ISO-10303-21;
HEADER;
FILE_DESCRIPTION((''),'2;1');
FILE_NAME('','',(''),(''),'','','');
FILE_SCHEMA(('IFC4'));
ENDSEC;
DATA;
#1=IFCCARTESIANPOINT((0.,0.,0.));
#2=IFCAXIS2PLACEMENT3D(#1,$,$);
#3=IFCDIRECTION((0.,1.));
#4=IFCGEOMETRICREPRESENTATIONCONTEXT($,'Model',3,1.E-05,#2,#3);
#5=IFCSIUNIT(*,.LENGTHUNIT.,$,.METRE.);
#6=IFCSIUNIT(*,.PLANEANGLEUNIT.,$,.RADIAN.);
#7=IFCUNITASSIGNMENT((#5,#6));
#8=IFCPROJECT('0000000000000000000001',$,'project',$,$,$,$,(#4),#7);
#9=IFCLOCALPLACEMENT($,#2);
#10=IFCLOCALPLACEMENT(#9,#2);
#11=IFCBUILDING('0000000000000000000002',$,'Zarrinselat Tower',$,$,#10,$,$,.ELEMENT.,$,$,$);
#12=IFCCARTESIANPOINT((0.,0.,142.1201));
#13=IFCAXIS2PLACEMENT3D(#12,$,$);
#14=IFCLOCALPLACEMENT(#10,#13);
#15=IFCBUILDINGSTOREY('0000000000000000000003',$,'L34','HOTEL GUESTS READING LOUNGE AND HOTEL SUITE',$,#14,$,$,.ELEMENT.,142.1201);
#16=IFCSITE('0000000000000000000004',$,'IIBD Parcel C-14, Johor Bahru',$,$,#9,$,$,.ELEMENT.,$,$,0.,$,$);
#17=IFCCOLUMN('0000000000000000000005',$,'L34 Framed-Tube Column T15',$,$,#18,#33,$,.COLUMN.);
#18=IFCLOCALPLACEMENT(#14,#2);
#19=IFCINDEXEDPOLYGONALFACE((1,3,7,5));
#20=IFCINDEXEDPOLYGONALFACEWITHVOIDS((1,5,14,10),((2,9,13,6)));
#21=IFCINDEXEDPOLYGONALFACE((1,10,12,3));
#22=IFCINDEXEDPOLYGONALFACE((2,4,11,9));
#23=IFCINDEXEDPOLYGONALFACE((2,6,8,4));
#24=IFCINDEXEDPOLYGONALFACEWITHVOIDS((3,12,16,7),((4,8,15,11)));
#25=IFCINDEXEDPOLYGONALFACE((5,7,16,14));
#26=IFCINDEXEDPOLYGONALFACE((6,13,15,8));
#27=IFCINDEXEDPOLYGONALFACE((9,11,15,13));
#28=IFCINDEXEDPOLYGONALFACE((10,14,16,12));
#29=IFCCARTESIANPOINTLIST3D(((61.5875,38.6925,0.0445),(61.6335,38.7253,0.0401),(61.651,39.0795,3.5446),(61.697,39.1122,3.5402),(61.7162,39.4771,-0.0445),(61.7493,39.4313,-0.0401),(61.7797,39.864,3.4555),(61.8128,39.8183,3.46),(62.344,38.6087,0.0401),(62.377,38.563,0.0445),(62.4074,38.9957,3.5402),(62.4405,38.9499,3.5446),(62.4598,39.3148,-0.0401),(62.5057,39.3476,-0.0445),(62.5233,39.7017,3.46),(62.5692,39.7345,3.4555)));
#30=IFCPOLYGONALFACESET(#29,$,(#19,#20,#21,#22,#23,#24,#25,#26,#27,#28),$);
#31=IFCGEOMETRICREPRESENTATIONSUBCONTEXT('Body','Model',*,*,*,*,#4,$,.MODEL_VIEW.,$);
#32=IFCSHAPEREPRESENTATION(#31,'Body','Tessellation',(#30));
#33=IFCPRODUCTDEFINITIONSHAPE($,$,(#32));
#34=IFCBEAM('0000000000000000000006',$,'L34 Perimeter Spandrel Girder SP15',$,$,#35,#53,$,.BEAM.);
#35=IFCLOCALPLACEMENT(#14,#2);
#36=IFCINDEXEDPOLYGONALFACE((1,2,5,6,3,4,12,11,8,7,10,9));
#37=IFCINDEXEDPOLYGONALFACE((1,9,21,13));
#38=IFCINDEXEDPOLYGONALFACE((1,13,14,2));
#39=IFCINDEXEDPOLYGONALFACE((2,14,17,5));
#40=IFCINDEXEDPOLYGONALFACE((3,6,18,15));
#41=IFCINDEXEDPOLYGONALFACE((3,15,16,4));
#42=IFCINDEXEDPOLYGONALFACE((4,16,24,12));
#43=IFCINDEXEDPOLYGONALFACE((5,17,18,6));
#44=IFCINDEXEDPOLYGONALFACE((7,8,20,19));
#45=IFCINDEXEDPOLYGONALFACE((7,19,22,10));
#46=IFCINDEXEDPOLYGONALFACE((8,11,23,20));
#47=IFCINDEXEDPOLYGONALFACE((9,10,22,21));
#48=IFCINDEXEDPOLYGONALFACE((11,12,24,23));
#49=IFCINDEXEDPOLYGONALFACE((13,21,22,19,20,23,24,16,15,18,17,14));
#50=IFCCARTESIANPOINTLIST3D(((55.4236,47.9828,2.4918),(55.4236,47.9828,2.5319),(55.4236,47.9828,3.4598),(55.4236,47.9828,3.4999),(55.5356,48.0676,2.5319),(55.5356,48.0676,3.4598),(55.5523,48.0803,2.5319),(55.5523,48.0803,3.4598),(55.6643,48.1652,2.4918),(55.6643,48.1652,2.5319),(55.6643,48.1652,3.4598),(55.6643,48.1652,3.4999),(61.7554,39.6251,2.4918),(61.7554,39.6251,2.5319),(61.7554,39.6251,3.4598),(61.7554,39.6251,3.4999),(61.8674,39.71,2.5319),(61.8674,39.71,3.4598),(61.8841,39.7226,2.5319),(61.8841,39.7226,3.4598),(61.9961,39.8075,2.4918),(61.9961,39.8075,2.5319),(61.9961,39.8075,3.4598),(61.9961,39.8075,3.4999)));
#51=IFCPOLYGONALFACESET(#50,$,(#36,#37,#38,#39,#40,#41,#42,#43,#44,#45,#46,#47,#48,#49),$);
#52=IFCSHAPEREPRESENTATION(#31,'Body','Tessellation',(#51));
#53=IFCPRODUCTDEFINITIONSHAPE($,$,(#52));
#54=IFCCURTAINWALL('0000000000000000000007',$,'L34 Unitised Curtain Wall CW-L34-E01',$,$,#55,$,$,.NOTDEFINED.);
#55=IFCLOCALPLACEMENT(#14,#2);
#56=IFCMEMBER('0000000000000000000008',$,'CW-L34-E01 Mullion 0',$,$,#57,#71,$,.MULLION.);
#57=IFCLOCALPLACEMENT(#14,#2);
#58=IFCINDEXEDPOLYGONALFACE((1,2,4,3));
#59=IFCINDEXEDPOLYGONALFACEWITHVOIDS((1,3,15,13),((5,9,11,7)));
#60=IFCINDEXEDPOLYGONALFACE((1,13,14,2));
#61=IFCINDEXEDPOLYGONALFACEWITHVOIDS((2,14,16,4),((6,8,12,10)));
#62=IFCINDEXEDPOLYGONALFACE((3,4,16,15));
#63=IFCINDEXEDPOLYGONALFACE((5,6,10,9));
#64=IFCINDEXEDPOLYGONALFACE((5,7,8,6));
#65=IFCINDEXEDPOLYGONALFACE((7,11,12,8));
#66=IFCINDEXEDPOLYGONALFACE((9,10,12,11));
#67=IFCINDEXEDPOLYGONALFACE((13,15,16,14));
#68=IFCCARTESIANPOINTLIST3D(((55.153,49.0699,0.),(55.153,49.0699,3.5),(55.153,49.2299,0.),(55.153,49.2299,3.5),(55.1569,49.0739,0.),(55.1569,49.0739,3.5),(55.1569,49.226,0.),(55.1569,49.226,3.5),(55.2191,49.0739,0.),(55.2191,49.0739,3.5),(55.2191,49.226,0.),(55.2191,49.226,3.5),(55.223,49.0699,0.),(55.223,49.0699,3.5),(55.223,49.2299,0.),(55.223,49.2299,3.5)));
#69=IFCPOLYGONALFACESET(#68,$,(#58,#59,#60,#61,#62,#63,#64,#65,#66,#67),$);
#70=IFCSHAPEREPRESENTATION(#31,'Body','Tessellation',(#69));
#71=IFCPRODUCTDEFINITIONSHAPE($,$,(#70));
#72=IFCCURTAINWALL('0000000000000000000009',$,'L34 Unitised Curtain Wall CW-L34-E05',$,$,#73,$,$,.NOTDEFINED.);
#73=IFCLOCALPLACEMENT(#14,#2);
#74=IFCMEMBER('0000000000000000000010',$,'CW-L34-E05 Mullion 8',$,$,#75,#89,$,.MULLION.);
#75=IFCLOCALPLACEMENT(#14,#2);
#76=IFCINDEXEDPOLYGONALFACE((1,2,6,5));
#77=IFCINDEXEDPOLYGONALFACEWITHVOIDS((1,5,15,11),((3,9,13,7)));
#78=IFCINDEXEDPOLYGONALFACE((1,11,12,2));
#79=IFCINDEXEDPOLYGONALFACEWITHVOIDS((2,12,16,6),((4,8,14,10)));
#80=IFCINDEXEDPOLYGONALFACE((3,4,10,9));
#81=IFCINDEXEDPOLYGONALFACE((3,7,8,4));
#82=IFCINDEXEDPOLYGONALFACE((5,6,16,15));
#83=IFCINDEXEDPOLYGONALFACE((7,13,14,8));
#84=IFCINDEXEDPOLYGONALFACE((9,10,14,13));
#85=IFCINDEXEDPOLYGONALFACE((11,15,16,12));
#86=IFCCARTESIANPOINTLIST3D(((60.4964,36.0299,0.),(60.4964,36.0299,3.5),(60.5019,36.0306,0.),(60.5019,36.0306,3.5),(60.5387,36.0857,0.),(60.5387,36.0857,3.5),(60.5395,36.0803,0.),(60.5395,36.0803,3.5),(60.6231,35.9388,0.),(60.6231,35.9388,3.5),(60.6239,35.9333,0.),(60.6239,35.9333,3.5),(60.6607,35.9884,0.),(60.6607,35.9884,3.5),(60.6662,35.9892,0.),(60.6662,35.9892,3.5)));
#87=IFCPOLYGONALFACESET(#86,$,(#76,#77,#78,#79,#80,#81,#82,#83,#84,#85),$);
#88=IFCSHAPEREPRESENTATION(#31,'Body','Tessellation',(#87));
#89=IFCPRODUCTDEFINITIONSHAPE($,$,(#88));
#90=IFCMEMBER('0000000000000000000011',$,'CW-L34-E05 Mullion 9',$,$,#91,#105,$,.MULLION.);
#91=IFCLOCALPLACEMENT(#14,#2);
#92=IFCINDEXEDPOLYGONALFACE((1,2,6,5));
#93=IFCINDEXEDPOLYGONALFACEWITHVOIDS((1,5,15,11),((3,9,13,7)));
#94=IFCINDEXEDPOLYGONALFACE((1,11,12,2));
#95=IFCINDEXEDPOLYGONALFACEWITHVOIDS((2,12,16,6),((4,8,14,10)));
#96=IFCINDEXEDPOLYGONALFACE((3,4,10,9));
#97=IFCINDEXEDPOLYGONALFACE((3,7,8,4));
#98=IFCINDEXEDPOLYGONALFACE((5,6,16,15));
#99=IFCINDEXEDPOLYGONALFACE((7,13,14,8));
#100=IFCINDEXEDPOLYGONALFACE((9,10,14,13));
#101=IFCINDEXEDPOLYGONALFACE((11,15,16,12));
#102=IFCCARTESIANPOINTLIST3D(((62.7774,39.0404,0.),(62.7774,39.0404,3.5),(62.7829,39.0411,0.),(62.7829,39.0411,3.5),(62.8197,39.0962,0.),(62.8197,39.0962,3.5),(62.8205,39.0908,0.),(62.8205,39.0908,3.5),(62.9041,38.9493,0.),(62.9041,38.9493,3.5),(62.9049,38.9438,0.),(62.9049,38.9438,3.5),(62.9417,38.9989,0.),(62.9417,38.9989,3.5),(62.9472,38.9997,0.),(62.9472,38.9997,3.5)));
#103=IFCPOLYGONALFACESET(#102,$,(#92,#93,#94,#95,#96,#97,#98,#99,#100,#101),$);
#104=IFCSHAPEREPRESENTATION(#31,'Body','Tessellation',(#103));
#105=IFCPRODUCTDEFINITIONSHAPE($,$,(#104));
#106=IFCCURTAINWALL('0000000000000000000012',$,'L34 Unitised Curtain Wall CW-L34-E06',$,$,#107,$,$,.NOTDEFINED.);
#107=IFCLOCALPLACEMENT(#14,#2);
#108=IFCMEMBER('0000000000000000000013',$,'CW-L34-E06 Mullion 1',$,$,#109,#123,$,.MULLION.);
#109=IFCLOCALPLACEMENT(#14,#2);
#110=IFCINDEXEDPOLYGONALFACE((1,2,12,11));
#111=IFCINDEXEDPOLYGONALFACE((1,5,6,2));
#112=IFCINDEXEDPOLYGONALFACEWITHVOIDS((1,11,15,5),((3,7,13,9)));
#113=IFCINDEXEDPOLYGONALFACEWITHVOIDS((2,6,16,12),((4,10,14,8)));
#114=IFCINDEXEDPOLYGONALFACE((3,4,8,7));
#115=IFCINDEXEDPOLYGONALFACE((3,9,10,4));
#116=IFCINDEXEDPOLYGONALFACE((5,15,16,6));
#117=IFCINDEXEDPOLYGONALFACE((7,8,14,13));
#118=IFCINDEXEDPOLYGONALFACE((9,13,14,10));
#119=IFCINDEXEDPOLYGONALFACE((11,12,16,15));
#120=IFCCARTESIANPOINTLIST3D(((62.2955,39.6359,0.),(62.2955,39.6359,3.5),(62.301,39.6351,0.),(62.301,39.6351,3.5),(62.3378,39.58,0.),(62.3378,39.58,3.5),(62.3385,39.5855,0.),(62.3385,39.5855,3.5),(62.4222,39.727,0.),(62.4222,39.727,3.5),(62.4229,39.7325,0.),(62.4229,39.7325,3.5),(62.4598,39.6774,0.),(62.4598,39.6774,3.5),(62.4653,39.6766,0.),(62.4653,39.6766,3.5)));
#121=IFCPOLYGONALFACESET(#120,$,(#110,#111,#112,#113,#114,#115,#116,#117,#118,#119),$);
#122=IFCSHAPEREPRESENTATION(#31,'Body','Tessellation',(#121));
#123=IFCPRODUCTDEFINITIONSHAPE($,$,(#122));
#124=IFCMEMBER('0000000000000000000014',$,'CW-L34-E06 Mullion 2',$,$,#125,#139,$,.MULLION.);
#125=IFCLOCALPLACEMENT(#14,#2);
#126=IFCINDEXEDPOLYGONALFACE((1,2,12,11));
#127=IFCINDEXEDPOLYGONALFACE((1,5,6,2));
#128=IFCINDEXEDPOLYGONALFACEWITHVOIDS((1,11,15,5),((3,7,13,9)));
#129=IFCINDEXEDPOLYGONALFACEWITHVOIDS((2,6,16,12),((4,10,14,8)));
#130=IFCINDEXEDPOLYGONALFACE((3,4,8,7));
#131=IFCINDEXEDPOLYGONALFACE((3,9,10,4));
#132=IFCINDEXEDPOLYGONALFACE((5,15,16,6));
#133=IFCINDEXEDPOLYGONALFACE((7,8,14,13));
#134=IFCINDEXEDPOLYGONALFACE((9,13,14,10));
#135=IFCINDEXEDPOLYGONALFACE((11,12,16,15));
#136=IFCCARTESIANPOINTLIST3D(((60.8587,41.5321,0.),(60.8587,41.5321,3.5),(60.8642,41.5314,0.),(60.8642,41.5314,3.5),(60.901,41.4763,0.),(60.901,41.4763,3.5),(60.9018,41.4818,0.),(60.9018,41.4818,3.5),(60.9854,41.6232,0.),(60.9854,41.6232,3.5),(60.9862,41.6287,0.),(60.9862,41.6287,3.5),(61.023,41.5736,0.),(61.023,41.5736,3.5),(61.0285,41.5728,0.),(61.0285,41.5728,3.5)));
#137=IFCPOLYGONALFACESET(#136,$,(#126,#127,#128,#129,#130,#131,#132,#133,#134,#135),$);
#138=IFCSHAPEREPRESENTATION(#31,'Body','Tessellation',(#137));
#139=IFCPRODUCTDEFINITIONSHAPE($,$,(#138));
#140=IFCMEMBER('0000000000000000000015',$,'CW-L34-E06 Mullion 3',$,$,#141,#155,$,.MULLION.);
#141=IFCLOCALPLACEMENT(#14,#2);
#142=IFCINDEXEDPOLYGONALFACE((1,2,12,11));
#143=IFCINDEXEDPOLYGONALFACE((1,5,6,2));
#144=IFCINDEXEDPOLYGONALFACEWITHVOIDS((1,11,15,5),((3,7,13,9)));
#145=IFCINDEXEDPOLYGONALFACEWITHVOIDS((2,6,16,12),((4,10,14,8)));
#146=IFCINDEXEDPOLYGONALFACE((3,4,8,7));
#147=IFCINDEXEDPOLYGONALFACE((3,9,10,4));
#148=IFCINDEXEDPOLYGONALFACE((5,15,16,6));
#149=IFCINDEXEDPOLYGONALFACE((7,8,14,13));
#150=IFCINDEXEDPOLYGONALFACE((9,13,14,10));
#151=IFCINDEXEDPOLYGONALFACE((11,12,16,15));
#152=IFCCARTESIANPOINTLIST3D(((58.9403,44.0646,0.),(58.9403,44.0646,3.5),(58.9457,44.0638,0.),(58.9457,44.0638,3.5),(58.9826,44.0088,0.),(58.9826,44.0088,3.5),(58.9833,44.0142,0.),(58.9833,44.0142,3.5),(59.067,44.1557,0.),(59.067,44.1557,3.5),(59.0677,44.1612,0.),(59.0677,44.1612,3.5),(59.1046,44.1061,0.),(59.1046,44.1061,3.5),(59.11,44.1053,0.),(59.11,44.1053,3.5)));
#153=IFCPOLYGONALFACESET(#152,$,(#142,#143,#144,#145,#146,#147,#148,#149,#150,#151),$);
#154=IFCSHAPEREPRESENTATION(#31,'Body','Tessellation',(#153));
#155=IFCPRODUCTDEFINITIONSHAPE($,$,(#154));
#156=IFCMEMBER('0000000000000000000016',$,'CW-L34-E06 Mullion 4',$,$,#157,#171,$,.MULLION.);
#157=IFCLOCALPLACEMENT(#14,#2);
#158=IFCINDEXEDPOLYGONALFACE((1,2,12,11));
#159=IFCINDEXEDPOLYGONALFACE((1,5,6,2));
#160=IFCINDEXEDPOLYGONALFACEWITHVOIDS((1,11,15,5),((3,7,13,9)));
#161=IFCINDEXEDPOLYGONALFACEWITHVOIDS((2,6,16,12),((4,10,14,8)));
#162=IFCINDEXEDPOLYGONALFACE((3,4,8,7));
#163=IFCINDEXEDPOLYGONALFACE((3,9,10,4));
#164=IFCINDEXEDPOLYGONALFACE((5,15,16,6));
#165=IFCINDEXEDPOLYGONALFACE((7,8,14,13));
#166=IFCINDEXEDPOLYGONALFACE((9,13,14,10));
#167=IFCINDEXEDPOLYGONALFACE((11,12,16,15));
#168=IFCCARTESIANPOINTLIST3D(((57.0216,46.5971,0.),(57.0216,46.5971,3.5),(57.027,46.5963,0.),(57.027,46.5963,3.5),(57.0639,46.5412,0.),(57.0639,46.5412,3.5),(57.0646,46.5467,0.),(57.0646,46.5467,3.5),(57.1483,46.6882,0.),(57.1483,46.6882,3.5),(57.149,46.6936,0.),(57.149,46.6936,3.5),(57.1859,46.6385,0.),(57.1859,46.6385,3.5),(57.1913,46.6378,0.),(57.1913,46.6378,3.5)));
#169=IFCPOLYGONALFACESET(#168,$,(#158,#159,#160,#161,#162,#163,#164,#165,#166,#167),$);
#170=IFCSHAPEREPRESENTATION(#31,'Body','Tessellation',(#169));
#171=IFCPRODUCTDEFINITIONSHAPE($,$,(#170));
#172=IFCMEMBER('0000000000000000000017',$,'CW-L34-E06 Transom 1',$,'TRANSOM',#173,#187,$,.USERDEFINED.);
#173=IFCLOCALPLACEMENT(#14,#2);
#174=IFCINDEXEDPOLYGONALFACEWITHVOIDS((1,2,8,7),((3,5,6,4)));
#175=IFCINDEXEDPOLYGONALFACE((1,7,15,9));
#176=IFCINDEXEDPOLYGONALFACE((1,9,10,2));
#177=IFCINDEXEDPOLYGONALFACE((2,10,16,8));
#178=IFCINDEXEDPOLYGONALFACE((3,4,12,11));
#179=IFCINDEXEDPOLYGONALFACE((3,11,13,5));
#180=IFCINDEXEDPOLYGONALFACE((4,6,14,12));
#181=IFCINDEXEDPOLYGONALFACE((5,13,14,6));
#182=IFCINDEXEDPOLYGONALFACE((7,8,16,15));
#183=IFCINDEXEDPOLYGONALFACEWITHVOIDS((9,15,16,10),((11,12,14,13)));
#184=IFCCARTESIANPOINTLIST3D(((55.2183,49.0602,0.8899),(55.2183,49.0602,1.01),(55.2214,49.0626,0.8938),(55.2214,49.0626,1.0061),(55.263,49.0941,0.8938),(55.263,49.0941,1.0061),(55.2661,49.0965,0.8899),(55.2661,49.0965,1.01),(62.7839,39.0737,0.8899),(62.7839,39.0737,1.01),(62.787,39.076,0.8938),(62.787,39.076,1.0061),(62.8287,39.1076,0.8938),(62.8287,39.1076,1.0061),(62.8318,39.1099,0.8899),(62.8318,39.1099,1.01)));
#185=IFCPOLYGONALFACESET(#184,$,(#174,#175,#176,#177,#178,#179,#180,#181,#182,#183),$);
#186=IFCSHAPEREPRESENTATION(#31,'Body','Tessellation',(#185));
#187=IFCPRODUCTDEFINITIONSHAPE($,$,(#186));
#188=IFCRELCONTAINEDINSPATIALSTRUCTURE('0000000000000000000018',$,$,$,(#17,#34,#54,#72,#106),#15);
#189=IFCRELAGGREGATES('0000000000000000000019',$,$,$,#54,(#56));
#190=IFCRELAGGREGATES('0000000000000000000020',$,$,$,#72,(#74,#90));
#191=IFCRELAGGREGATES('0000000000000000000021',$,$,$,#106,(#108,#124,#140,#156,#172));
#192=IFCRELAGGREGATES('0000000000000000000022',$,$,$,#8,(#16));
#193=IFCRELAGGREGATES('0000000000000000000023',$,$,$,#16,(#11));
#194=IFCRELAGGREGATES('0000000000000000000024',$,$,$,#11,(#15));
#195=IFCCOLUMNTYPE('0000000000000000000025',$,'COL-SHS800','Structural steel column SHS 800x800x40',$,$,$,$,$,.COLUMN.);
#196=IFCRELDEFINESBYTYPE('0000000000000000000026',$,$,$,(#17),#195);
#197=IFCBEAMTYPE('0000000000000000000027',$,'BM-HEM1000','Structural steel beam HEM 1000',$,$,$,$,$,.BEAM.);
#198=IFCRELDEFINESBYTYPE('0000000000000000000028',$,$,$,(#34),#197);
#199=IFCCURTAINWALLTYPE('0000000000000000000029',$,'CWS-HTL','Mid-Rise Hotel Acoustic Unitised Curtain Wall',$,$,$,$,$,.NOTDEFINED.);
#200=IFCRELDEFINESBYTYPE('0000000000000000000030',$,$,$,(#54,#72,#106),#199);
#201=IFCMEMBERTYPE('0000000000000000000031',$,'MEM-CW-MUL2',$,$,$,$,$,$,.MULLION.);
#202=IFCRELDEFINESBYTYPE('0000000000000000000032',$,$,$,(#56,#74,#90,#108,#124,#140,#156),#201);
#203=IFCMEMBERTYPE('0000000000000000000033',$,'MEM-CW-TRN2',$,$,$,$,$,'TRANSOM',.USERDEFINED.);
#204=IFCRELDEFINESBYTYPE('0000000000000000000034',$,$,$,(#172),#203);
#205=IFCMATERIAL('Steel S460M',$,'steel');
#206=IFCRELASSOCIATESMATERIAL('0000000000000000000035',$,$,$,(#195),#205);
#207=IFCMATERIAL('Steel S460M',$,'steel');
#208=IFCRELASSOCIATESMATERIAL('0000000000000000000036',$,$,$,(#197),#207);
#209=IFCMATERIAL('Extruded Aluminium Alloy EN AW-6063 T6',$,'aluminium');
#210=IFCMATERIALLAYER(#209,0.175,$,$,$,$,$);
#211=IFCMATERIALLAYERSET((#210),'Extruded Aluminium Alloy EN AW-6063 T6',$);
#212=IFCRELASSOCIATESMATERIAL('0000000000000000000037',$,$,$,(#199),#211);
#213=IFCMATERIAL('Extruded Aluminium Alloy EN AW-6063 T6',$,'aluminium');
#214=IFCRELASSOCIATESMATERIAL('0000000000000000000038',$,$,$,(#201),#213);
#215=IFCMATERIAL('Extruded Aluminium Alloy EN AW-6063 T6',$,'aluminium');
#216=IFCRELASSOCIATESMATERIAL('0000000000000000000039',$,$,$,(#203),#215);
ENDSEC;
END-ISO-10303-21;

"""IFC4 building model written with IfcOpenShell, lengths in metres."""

from ifc_helpers import new_model, si_unit, direction, frame, origin, origin_2d, place, context, subcontext, project, spatial, hollow_rectangle, i_section, extrude, material, layer, layer_set, material_profile, profile_set, type_object, element, aggregate, save


model = new_model("IFC4")

# Units and contexts
model_context = context("Model", 3, precision=1e-05, world=origin(), true_north=direction((0.0, 1.0)))
body_context = subcontext(model_context, "Body", "Model", "MODEL_VIEW")
ifc_project = project(units=[si_unit("LENGTHUNIT", "METRE"), si_unit("PLANEANGLEUNIT", "RADIAN")], contexts=[model_context])

# Site, building, storey
site_placement = place(None, origin())
site = spatial("IfcSite", under=ifc_project, at=site_placement, Name="IIBD Parcel C-14, Johor Bahru", CompositionType="ELEMENT", RefElevation=0.0)
building_placement = place(site_placement, origin())
building = spatial("IfcBuilding", under=site, at=building_placement, Name="Zarrinselat Tower", CompositionType="ELEMENT")
storey_placement = place(building_placement, frame((0.0, 0.0, 142.1201)))
storey = spatial("IfcBuildingStorey", under=building, at=storey_placement, Name="L34", Description="HOTEL GUESTS READING LOUNGE AND HOTEL SUITE", CompositionType="ELEMENT", Elevation=142.1201)

# Column
ifc_material_1 = material(Name="Steel S460M", Category="steel")
ifc_material_profile_1 = material_profile(ifc_material_1, hollow_rectangle(XDim=0.8, YDim=0.8, WallThickness=0.04, at=origin_2d()), Name="SHS 800x800x40")
ifc_profile_set_1 = profile_set([ifc_material_profile_1], Name="Steel S460M")
column_type = type_object("IfcColumnType", Name="COL-SHS800", Description="Structural steel column SHS 800x800x40", PredefinedType="COLUMN", material=ifc_profile_set_1)
column_placement = place(storey_placement, frame((62.0466, 39.02, 0.0), z_axis=(0.018023, 0.109873, 0.993782), x_axis=(-0.986811, 0.161874, 0.0)))
element("IfcColumn", 1, at=column_placement, inside=storey, type_object=column_type, Name="L34 Framed-Tube Column T15", PredefinedType="COLUMN", context=body_context, shape_type="SweptSolid", body=[
    extrude(hollow_rectangle(XDim=0.8, YDim=0.8, WallThickness=0.04, at=origin_2d()), origin(), (0.0, 0.0, 1.0), 3.522),
])

# Beam
ifc_material_2 = material(Name="Steel S460M", Category="steel")
ifc_material_profile_2 = material_profile(ifc_material_2, i_section(OverallWidth=0.302, OverallDepth=1.0081, WebThickness=0.021, FlangeThickness=0.04, at=origin_2d()), Name="HEM 1000")
ifc_profile_set_2 = profile_set([ifc_material_profile_2], Name="Steel S460M")
beam_type = type_object("IfcBeamType", Name="BM-HEM1000", Description="Structural steel beam HEM 1000", PredefinedType="BEAM", material=ifc_profile_set_2)
beam_placement = place(storey_placement, frame((55.5439, 48.074, 2.9958), z_axis=(0.603871, -0.797082, 0.0), x_axis=(0.797082, 0.603871, 0.0)))
element("IfcBeam", 2, at=beam_placement, inside=storey, type_object=beam_type, Name="L34 Perimeter Spandrel Girder SP15", PredefinedType="BEAM", context=body_context, shape_type="SweptSolid", body=[
    extrude(i_section(OverallWidth=0.302, OverallDepth=1.0081, WebThickness=0.021, FlangeThickness=0.04, at=origin_2d()), origin(), (0.0, 0.0, 1.0), 10.4854),
])

# Curtain wall, member
ifc_material_3 = material(Name="Extruded Aluminium Alloy EN AW-6063 T6", Category="aluminium")
ifc_layer_1 = layer(ifc_material_3, 0.175)
ifc_layer_set_1 = layer_set([ifc_layer_1], Name="Extruded Aluminium Alloy EN AW-6063 T6")
curtain_wall_type = type_object("IfcCurtainWallType", Name="CWS-HTL", Description="Mid-Rise Hotel Acoustic Unitised Curtain Wall", PredefinedType="NOTDEFINED", material=ifc_layer_set_1)
curtain_wall_1_placement = place(storey_placement, origin())
curtain_wall_1 = element("IfcCurtainWall", 3, at=curtain_wall_1_placement, inside=storey, type_object=curtain_wall_type, Name="L34 Unitised Curtain Wall CW-L34-E01", PredefinedType="NOTDEFINED")
ifc_material_4 = material(Name="Extruded Aluminium Alloy EN AW-6063 T6", Category="aluminium")
ifc_material_profile_3 = material_profile(ifc_material_4, hollow_rectangle(XDim=0.0701, YDim=0.1599, WallThickness=0.0039, at=origin_2d()), Name="RHS 160x70x4")
ifc_profile_set_3 = profile_set([ifc_material_profile_3], Name="Extruded Aluminium Alloy EN AW-6063 T6")
member_type_1 = type_object("IfcMemberType", Name="MEM-CW-MUL2", PredefinedType="MULLION", material=ifc_profile_set_3)
member_1_placement = place(storey_placement, frame((55.188, 49.1499, 0.0), z_axis=(0.0, 0.0, 1.0), x_axis=(-1.0, 0.0, 0.0)))
member_1 = element("IfcMember", 4, at=member_1_placement, type_object=member_type_1, Name="CW-L34-E01 Mullion 0", PredefinedType="MULLION", context=body_context, shape_type="SweptSolid", body=[
    extrude(hollow_rectangle(XDim=0.0701, YDim=0.1599, WallThickness=0.0039, at=origin_2d()), origin(), (0.0, 0.0, 1.0), 3.5),
])
aggregate(curtain_wall_1, [member_1])

# Curtain walls, members
curtain_wall_2_placement = place(storey_placement, origin())
curtain_wall_2 = element("IfcCurtainWall", 5, at=curtain_wall_2_placement, inside=storey, type_object=curtain_wall_type, Name="L34 Unitised Curtain Wall CW-L34-E05", PredefinedType="NOTDEFINED")
member_2_placement = place(storey_placement, frame((60.5813, 36.0095, 0.0), z_axis=(0.0, 0.0, 1.0), x_axis=(0.603856, 0.797094, 0.0)))
member_2 = element("IfcMember", 6, at=member_2_placement, type_object=member_type_1, Name="CW-L34-E05 Mullion 8", PredefinedType="MULLION", context=body_context, shape_type="SweptSolid", body=[
    extrude(hollow_rectangle(XDim=0.0701, YDim=0.1599, WallThickness=0.0039, at=origin_2d()), origin(), (0.0, 0.0, 1.0), 3.5),
])
member_3_placement = place(storey_placement, frame((62.8623, 39.02, 0.0), z_axis=(0.0, 0.0, 1.0), x_axis=(0.603856, 0.797094, 0.0)))
member_3 = element("IfcMember", 7, at=member_3_placement, type_object=member_type_1, Name="CW-L34-E05 Mullion 9", PredefinedType="MULLION", context=body_context, shape_type="SweptSolid", body=[
    extrude(hollow_rectangle(XDim=0.0701, YDim=0.1599, WallThickness=0.0039, at=origin_2d()), origin(), (0.0, 0.0, 1.0), 3.5),
])
curtain_wall_3_placement = place(storey_placement, origin())
curtain_wall_3 = element("IfcCurtainWall", 8, at=curtain_wall_3_placement, inside=storey, type_object=curtain_wall_type, Name="L34 Unitised Curtain Wall CW-L34-E06", PredefinedType="NOTDEFINED")
member_4_placement = place(storey_placement, frame((62.3804, 39.6562, 0.0), z_axis=(0.0, 0.0, 1.0), x_axis=(-0.603859, 0.797091, 0.0)))
member_4 = element("IfcMember", 9, at=member_4_placement, type_object=member_type_1, Name="CW-L34-E06 Mullion 1", PredefinedType="MULLION", context=body_context, shape_type="SweptSolid", body=[
    extrude(hollow_rectangle(XDim=0.0701, YDim=0.1599, WallThickness=0.0039, at=origin_2d()), origin(), (0.0, 0.0, 1.0), 3.5),
])
member_5_placement = place(storey_placement, frame((60.9436, 41.5525, 0.0), z_axis=(0.0, 0.0, 1.0), x_axis=(-0.603859, 0.797091, 0.0)))
member_5 = element("IfcMember", 10, at=member_5_placement, type_object=member_type_1, Name="CW-L34-E06 Mullion 2", PredefinedType="MULLION", context=body_context, shape_type="SweptSolid", body=[
    extrude(hollow_rectangle(XDim=0.0701, YDim=0.1599, WallThickness=0.0039, at=origin_2d()), origin(), (0.0, 0.0, 1.0), 3.5),
])
member_6_placement = place(storey_placement, frame((59.0251, 44.085, 0.0), z_axis=(0.0, 0.0, 1.0), x_axis=(-0.603859, 0.797091, 0.0)))
member_6 = element("IfcMember", 11, at=member_6_placement, type_object=member_type_1, Name="CW-L34-E06 Mullion 3", PredefinedType="MULLION", context=body_context, shape_type="SweptSolid", body=[
    extrude(hollow_rectangle(XDim=0.0701, YDim=0.1599, WallThickness=0.0039, at=origin_2d()), origin(), (0.0, 0.0, 1.0), 3.5),
])
member_7_placement = place(storey_placement, frame((57.1064, 46.6174, 0.0), z_axis=(0.0, 0.0, 1.0), x_axis=(-0.603859, 0.797091, 0.0)))
member_7 = element("IfcMember", 12, at=member_7_placement, type_object=member_type_1, Name="CW-L34-E06 Mullion 4", PredefinedType="MULLION", context=body_context, shape_type="SweptSolid", body=[
    extrude(hollow_rectangle(XDim=0.0701, YDim=0.1599, WallThickness=0.0039, at=origin_2d()), origin(), (0.0, 0.0, 1.0), 3.5),
])
ifc_material_5 = material(Name="Extruded Aluminium Alloy EN AW-6063 T6", Category="aluminium")
ifc_material_profile_4 = material_profile(ifc_material_5, hollow_rectangle(XDim=0.0601, YDim=0.1201, WallThickness=0.0039, at=origin_2d()), Name="RHS 120x60x4")
ifc_profile_set_4 = profile_set([ifc_material_profile_4], Name="Extruded Aluminium Alloy EN AW-6063 T6")
member_type_2 = type_object("IfcMemberType", Name="MEM-CW-TRN2", ElementType="TRANSOM", PredefinedType="USERDEFINED", material=ifc_profile_set_4)
member_8_placement = place(storey_placement, frame((62.8079, 39.0918, 0.95), z_axis=(-0.603862, 0.797089, 0.0), x_axis=(-0.797089, -0.603862, 0.0)))
member_8 = element("IfcMember", 13, at=member_8_placement, type_object=member_type_2, Name="CW-L34-E06 Transom 1", ObjectType="TRANSOM", PredefinedType="USERDEFINED", context=body_context, shape_type="SweptSolid", body=[
    extrude(hollow_rectangle(XDim=0.0601, YDim=0.1201, WallThickness=0.0039, at=origin_2d()), origin(), (0.0, 0.0, 1.0), 12.5288),
])

aggregate(curtain_wall_2, [member_2, member_3])
aggregate(curtain_wall_3, [member_4, member_5, member_6, member_7, member_8])

save(model, "model.ifc")
